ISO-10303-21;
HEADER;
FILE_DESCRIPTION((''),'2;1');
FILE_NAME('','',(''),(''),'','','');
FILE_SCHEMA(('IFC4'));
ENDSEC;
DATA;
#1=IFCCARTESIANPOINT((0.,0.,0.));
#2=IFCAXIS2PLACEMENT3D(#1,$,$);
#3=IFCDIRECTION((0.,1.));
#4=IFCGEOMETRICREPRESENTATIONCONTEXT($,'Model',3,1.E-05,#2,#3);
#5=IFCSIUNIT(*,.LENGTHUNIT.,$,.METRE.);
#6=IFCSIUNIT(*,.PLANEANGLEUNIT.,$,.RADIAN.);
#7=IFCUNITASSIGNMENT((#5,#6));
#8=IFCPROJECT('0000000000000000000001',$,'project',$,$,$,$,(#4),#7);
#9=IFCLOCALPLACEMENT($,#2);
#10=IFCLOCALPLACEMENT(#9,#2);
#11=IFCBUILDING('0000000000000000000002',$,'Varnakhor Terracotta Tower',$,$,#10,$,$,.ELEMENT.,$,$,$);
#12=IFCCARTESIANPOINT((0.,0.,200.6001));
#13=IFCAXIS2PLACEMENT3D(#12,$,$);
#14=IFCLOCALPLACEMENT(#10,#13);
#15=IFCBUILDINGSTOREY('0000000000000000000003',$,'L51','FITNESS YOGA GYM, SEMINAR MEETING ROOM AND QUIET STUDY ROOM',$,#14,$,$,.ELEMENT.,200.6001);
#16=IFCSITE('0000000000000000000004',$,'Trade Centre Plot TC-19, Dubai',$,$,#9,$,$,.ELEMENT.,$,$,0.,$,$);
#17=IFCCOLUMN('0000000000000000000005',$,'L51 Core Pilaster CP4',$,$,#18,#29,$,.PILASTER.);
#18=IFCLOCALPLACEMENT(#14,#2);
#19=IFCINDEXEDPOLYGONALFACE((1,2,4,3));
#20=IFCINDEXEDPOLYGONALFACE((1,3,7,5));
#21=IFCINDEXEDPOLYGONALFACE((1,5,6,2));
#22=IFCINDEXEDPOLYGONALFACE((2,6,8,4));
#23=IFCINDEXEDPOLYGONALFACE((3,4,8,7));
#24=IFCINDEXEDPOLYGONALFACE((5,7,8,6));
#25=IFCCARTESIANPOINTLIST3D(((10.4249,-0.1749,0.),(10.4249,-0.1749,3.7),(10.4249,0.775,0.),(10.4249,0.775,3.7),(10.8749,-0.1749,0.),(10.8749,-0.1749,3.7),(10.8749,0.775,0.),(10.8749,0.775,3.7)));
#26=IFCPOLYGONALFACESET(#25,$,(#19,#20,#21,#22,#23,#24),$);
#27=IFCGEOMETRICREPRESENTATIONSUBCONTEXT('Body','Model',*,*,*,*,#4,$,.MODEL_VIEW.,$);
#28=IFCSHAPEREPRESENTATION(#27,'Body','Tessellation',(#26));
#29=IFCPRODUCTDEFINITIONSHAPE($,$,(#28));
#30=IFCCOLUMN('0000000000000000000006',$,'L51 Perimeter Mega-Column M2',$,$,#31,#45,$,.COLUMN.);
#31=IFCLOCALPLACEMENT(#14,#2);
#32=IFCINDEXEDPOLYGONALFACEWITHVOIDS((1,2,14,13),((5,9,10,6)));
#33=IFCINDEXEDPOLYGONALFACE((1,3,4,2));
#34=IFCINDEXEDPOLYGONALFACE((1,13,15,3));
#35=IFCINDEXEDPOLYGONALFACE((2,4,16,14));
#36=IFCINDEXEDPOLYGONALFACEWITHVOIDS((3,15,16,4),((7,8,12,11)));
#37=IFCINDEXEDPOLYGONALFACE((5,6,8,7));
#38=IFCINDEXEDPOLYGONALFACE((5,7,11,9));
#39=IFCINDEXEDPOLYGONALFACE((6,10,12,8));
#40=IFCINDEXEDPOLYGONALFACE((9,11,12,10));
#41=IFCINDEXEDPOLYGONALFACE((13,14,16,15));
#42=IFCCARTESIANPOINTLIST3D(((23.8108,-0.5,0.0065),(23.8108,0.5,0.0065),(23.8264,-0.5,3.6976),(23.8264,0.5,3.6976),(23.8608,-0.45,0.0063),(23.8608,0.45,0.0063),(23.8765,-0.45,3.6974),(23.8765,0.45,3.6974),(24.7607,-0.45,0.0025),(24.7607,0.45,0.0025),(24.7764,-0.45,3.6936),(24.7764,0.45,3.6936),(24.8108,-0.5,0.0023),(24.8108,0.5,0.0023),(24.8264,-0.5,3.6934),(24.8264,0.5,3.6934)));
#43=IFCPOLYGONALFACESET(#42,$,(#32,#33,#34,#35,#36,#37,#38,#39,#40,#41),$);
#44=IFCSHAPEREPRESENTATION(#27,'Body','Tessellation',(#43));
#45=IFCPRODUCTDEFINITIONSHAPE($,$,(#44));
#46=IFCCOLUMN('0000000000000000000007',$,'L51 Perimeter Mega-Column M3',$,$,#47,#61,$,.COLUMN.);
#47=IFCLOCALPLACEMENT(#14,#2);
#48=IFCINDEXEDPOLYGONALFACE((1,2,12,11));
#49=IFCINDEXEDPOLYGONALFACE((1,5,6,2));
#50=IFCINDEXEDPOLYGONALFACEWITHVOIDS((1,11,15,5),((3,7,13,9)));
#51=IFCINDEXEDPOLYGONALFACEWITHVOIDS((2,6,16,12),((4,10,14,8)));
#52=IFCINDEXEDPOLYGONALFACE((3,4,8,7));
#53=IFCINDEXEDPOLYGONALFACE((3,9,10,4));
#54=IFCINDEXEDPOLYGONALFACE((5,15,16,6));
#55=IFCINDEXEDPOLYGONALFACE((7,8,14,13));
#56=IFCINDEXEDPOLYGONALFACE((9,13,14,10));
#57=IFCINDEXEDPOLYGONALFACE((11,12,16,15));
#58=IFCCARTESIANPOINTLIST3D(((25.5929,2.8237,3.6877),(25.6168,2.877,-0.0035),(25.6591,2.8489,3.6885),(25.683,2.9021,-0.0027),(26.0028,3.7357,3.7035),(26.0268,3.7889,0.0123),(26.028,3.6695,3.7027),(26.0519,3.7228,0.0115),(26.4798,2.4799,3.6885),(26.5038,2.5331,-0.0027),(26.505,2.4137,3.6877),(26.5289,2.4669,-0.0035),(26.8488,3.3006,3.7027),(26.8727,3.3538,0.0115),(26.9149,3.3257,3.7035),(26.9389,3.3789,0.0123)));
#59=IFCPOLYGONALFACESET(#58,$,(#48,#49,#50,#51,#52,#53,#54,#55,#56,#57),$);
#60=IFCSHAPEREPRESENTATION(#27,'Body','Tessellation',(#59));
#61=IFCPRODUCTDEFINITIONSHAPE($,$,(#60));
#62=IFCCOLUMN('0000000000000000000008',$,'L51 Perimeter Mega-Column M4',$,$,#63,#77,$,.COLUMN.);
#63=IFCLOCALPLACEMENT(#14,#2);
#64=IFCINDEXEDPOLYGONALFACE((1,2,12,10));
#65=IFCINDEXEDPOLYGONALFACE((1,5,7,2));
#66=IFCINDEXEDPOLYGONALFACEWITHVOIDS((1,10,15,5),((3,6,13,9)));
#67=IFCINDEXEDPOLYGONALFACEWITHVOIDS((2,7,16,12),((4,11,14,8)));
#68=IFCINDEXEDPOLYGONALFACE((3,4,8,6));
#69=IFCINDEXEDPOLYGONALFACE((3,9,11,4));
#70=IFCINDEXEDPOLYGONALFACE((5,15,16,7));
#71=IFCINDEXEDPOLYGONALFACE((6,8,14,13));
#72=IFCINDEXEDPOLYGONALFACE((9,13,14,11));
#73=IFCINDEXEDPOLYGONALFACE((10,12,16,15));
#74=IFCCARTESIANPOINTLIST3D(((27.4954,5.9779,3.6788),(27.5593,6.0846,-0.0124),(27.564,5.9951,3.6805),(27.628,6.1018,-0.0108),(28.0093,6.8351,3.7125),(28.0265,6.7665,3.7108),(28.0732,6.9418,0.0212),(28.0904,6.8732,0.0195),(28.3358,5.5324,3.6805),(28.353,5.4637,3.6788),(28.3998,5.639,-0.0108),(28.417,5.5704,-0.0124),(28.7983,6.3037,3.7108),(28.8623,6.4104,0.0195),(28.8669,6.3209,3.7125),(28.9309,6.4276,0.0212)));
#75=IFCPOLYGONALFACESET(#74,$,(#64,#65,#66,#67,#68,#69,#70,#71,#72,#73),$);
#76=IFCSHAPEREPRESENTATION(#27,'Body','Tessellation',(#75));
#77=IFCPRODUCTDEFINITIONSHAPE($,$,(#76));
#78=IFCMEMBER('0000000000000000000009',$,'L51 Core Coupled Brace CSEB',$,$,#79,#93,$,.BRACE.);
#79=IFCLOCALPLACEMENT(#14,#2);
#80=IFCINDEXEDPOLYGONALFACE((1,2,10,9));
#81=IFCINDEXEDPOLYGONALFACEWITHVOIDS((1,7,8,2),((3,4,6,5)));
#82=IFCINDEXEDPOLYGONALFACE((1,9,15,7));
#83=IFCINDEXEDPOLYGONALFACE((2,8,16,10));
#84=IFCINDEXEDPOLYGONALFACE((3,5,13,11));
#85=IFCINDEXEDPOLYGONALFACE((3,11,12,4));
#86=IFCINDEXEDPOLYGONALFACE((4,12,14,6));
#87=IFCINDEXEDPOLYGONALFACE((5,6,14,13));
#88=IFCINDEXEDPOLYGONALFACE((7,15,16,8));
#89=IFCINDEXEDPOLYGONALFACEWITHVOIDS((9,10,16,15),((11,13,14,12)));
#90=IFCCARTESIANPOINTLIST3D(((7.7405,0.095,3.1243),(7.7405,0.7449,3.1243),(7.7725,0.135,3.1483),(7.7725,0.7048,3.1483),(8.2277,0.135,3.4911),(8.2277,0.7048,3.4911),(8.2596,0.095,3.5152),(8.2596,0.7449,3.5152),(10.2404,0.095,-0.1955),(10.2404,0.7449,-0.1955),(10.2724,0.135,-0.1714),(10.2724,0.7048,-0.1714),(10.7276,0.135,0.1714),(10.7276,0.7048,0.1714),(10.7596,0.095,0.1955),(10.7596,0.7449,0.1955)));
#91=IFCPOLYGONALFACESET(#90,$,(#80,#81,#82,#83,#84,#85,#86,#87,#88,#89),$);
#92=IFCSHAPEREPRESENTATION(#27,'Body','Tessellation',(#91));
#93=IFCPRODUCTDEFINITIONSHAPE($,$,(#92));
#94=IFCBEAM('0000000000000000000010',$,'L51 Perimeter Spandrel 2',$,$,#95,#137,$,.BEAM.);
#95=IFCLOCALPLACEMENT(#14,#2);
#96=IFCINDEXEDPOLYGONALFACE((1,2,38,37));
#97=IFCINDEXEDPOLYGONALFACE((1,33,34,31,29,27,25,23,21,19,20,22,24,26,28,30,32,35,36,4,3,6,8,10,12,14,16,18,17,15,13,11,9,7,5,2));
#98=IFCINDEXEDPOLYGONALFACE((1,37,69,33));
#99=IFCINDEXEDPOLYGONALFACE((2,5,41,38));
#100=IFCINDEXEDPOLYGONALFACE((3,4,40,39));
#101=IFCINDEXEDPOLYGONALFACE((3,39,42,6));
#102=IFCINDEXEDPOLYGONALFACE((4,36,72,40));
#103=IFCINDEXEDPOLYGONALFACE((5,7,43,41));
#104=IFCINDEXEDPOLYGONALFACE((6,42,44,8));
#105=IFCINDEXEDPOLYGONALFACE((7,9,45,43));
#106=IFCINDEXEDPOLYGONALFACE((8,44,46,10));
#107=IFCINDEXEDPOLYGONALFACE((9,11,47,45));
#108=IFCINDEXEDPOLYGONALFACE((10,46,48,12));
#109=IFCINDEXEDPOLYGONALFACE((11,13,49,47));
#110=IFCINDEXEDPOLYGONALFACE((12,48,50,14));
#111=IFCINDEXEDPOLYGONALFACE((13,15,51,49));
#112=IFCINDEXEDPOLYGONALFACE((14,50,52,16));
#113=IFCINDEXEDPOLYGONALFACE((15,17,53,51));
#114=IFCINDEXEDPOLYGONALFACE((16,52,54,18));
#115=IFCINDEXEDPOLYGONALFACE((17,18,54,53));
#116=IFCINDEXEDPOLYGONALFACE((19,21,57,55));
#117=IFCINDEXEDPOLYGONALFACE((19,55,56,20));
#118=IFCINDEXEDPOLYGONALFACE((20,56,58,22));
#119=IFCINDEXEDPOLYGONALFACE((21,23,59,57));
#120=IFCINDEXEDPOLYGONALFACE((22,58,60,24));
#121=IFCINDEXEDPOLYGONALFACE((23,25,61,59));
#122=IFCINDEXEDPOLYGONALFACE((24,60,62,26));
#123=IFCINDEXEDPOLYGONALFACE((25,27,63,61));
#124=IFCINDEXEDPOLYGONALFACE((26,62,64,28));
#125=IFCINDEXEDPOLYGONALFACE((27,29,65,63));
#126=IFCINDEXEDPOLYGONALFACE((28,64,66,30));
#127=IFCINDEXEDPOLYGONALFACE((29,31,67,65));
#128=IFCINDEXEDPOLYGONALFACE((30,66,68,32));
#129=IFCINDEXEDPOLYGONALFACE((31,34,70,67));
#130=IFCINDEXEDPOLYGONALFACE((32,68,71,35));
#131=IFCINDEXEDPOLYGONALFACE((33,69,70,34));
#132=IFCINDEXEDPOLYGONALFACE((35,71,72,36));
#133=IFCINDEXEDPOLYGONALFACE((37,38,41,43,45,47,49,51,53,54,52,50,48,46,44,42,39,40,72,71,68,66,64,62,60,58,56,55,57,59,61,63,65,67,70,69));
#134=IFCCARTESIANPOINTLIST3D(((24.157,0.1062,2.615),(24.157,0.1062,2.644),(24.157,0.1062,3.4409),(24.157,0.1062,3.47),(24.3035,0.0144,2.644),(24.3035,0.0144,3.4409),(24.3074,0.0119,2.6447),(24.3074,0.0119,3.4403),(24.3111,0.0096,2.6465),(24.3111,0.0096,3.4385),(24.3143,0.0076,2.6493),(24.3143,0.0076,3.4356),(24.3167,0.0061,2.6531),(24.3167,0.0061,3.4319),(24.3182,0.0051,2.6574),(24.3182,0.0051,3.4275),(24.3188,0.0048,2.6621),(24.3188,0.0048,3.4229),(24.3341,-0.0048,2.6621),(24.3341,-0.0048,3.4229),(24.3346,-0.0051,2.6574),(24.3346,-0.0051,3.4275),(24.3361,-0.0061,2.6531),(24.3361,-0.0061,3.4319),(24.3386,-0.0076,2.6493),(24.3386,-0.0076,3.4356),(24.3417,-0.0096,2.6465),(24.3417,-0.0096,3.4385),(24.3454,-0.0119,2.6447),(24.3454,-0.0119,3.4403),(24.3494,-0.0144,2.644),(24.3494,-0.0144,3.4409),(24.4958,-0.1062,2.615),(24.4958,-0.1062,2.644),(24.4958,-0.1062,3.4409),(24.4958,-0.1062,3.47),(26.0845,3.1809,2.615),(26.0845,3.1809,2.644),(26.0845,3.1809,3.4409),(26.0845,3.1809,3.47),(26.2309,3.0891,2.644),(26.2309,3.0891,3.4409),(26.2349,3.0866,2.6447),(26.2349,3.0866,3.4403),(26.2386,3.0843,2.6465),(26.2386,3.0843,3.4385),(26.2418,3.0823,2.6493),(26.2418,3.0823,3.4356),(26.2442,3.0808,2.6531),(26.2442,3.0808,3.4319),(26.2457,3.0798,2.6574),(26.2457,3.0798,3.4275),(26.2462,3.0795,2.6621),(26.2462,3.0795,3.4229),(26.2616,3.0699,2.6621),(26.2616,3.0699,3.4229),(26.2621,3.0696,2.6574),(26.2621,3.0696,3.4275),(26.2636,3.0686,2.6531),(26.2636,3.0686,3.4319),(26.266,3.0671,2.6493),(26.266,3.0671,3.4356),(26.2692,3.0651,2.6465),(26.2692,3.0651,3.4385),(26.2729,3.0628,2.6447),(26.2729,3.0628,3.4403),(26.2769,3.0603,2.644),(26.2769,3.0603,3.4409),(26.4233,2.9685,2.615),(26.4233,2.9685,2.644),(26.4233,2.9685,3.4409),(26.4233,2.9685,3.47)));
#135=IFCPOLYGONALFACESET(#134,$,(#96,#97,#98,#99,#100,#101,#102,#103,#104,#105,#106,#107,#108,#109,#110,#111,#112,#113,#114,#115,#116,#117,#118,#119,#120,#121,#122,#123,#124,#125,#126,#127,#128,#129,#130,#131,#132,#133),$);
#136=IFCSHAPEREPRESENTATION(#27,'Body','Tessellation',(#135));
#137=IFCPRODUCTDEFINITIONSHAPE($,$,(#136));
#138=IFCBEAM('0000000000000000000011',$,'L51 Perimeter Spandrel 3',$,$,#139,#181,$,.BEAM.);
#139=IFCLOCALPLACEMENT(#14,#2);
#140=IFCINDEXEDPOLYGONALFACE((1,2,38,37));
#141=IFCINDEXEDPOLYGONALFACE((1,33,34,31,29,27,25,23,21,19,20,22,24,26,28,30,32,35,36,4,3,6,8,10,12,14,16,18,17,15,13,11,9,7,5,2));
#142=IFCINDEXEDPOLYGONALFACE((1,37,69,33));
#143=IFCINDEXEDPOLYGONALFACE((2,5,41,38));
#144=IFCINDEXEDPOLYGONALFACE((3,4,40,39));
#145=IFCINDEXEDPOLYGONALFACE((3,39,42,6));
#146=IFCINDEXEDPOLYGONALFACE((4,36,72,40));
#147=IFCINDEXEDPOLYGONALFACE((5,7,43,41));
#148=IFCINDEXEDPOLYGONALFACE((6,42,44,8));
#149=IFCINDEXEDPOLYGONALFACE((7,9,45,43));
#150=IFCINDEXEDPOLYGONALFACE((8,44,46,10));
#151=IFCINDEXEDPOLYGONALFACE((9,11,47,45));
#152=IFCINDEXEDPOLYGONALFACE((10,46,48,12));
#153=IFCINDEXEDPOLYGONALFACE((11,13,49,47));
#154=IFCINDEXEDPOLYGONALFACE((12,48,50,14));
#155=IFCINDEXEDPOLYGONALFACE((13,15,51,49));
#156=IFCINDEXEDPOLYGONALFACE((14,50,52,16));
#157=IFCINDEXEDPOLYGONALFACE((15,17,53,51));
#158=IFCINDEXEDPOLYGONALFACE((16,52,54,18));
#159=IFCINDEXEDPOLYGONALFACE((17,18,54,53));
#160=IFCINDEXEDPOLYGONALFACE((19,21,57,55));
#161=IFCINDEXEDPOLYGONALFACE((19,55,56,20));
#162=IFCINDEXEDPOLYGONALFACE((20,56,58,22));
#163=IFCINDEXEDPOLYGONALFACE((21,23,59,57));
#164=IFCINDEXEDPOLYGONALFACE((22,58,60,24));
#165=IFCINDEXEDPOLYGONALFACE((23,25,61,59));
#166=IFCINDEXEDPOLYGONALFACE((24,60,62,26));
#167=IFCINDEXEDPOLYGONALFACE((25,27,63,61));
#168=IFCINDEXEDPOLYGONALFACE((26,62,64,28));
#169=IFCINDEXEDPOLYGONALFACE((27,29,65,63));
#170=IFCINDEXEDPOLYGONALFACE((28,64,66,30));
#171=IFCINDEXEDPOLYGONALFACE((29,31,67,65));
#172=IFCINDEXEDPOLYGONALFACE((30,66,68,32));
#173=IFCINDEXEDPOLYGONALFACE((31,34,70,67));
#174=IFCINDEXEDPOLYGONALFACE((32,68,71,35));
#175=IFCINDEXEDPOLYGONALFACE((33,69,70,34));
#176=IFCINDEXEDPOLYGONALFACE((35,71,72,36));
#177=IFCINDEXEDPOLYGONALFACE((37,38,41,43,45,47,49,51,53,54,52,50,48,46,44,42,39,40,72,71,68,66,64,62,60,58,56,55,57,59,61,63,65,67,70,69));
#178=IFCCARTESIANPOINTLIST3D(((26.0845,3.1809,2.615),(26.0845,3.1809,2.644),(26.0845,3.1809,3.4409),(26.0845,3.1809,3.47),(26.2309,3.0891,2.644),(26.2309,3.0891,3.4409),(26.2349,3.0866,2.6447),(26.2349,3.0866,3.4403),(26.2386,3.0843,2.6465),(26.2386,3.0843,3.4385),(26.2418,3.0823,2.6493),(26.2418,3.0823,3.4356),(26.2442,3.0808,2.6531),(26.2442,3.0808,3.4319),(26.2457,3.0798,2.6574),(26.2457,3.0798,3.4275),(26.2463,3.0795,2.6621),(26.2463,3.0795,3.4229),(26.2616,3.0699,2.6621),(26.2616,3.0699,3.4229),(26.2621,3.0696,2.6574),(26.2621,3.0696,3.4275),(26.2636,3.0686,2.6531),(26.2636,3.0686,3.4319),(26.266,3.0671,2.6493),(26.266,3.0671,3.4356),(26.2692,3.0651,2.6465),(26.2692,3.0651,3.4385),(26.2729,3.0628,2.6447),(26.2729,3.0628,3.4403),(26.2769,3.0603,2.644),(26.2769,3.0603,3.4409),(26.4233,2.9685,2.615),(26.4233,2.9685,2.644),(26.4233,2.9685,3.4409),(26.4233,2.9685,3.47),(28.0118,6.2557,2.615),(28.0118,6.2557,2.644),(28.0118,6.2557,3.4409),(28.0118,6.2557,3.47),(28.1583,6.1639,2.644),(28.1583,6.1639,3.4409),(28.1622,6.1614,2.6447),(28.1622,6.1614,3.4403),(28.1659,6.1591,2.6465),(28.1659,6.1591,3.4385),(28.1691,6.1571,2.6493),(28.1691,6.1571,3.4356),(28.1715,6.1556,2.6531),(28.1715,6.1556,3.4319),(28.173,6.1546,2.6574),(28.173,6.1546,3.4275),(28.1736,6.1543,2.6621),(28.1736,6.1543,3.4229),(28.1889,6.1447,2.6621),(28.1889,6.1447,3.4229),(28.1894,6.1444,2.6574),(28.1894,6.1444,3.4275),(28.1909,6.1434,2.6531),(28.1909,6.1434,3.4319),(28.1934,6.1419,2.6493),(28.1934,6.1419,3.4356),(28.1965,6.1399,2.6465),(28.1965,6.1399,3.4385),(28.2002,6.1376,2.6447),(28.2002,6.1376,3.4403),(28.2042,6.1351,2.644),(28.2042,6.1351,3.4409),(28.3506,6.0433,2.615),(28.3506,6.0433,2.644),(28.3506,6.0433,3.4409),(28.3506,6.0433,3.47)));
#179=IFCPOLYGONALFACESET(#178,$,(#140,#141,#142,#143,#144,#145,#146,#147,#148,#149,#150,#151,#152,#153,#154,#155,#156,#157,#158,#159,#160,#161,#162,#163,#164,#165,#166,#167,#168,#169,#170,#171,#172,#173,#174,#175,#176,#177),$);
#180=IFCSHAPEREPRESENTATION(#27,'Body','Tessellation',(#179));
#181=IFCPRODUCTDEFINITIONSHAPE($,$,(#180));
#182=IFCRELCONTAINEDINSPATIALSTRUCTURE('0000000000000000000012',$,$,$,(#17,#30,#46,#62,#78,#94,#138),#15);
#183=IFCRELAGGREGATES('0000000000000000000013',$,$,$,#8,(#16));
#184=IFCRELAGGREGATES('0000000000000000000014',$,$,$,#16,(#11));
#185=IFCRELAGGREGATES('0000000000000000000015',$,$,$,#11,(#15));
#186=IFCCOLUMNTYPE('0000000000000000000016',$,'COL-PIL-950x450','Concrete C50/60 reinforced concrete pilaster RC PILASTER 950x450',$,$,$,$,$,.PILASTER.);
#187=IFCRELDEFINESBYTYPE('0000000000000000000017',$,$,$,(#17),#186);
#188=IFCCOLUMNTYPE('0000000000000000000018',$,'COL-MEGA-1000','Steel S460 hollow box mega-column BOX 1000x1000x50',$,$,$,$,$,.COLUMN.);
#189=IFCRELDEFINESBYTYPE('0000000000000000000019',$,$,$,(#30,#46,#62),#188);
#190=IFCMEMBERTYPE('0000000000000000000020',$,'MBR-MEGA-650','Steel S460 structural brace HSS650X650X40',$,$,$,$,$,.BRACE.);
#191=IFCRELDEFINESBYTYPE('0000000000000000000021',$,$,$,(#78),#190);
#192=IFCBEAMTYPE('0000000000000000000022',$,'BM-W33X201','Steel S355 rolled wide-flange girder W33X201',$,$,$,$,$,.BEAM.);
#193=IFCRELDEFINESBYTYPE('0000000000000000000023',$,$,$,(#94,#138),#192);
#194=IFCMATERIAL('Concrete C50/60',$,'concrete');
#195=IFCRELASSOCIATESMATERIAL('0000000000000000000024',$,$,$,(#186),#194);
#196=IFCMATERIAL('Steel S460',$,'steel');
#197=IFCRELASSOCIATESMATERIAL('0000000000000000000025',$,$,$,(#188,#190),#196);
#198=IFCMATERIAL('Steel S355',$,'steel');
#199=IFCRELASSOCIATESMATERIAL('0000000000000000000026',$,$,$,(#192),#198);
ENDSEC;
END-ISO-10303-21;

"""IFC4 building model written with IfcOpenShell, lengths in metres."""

from ifc_helpers import new_model, si_unit, direction, frame, origin, origin_2d, place, context, subcontext, project, spatial, rectangle, hollow_rectangle, i_section, extrude, source, transform, mapped, material, material_profile, profile_set, type_object, element, save


model = new_model("IFC4")

# Units and contexts
model_context = context("Model", 3, precision=1e-05, world=origin(), true_north=direction((0.0, 1.0)))
body_context = subcontext(model_context, "Body", "Model", "MODEL_VIEW")
ifc_project = project(units=[si_unit("LENGTHUNIT", "METRE"), si_unit("PLANEANGLEUNIT", "RADIAN")], contexts=[model_context])

# Site, building, storey
site_placement = place(None, origin())
site = spatial("IfcSite", under=ifc_project, at=site_placement, Name="Trade Centre Plot TC-19, Dubai", CompositionType="ELEMENT", RefElevation=0.0)
building_placement = place(site_placement, origin())
building = spatial("IfcBuilding", under=site, at=building_placement, Name="Varnakhor Terracotta Tower", CompositionType="ELEMENT")
storey_placement = place(building_placement, frame((0.0, 0.0, 200.6001)))
storey = spatial("IfcBuildingStorey", under=building, at=storey_placement, Name="L51", Description="FITNESS YOGA GYM, SEMINAR MEETING ROOM AND QUIET STUDY ROOM", CompositionType="ELEMENT", Elevation=200.6001)

# Columns
ifc_material_1 = material(Name="Concrete C50/60", Category="concrete")
ifc_material_profile_1 = material_profile(ifc_material_1, rectangle(XDim=0.45, YDim=0.95, at=origin_2d()), Name="RC PILASTER 950x450")
ifc_profile_set_1 = profile_set([ifc_material_profile_1], Name="Concrete C50/60")
column_type_1 = type_object("IfcColumnType", Name="COL-PIL-950x450", Description="Concrete C50/60 reinforced concrete pilaster RC PILASTER 950x450", PredefinedType="PILASTER", material=ifc_profile_set_1)
shared_shape_1 = source(origin(), body_context, "Body", "SweptSolid", [
    extrude(rectangle(XDim=0.45, YDim=0.95, at=origin_2d()), origin(), (0.0, 0.0, 1.0), 3.7),
])
column_1_placement = place(storey_placement, frame((10.6499, 0.3, 0.0), z_axis=(0.0, 0.0, 1.0), x_axis=(1.0, 0.0, 0.0)))
element("IfcColumn", 1, at=column_1_placement, inside=storey, type_object=column_type_1, Name="L51 Core Pilaster CP4", PredefinedType="PILASTER", context=body_context, shape_type="MappedRepresentation", body=[
    mapped(shared_shape_1, transform((0.0, 0.0, 0.0), scale=1.0)),
])
ifc_material_2 = material(Name="Steel S460", Category="steel")
ifc_material_profile_2 = material_profile(ifc_material_2, hollow_rectangle(XDim=1.0, YDim=1.0, WallThickness=0.05, at=origin_2d()), Name="BOX 1000x1000x50")
ifc_profile_set_2 = profile_set([ifc_material_profile_2], Name="Steel S460")
column_type_2 = type_object("IfcColumnType", Name="COL-MEGA-1000", Description="Steel S460 hollow box mega-column BOX 1000x1000x50", PredefinedType="COLUMN", material=ifc_profile_set_2)
shared_shape_2 = source(origin(), body_context, "Body", "SweptSolid", [
    extrude(hollow_rectangle(XDim=1.0, YDim=1.0, WallThickness=0.05, at=origin_2d()), origin(), (0.0, 0.0, 1.0), 3.6912),
])
column_2_placement = place(storey_placement, frame((24.3108, 0.0, 0.0044), z_axis=(0.004233, 0.0, 0.999991), x_axis=(0.0, 1.0, 0.0)))
element("IfcColumn", 2, at=column_2_placement, inside=storey, type_object=column_type_2, Name="L51 Perimeter Mega-Column M2", PredefinedType="COLUMN", context=body_context, shape_type="MappedRepresentation", body=[
    mapped(shared_shape_2, transform((0.0, 0.0, 0.0), scale=1.0)),
])
shared_shape_3 = source(origin(), body_context, "Body", "SweptSolid", [
    extrude(hollow_rectangle(XDim=1.0, YDim=1.0, WallThickness=0.05, at=origin_2d()), origin(), (0.0, 0.0, 1.0), 3.6917),
])
column_3_placement = place(storey_placement, frame((26.2778, 3.1279, 0.0044), z_axis=(-0.006481, -0.014417, 0.999875), x_axis=(0.912078, -0.410017, 0.0)))
element("IfcColumn", 3, at=column_3_placement, inside=storey, type_object=column_type_2, Name="L51 Perimeter Mega-Column M3", PredefinedType="COLUMN", context=body_context, shape_type="MappedRepresentation", body=[
    mapped(shared_shape_3, transform((0.0, 0.0, 0.0), scale=1.0)),
])
shared_shape_4 = source(origin(), body_context, "Body", "SweptSolid", [
    extrude(hollow_rectangle(XDim=1.0, YDim=1.0, WallThickness=0.05, at=origin_2d()), origin(), (0.0, 0.0, 1.0), 3.6934),
])
column_4_placement = place(storey_placement, frame((28.2451, 6.2561, 0.0044), z_axis=(-0.017319, -0.028888, 0.999433), x_axis=(0.857666, -0.514207, 0.0)))
element("IfcColumn", 4, at=column_4_placement, inside=storey, type_object=column_type_2, Name="L51 Perimeter Mega-Column M4", PredefinedType="COLUMN", context=body_context, shape_type="MappedRepresentation", body=[
    mapped(shared_shape_4, transform((0.0, 0.0, 0.0), scale=1.0)),
])

# Member
ifc_material_profile_3 = material_profile(ifc_material_2, hollow_rectangle(XDim=0.6499, YDim=0.6499, WallThickness=0.04, at=origin_2d()), Name="HSS650X650X40")
ifc_profile_set_3 = profile_set([ifc_material_profile_3], Name="Steel S460")
member_type_1 = type_object("IfcMemberType", Name="MBR-MEGA-650", Description="Steel S460 structural brace HSS650X650X40", PredefinedType="BRACE", material=ifc_profile_set_3)
shared_shape_5 = source(origin(), body_context, "Body", "SweptSolid", [
    extrude(hollow_rectangle(XDim=0.6499, YDim=0.6499, WallThickness=0.04, at=origin_2d()), origin(), (0.0, 0.0, 1.0), 4.1558),
])
member_1_placement = place(storey_placement, frame((10.5, 0.4199, 0.0), z_axis=(-0.601559, 0.0, 0.798828), x_axis=(0.0, -1.0, 0.0)))
element("IfcMember", 5, at=member_1_placement, inside=storey, type_object=member_type_1, Name="L51 Core Coupled Brace CSEB", PredefinedType="BRACE", context=body_context, shape_type="MappedRepresentation", body=[
    mapped(shared_shape_5, transform((0.0, 0.0, 0.0), scale=1.0)),
])

# Beams
ifc_material_3 = material(Name="Steel S355", Category="steel")
ifc_material_profile_4 = material_profile(ifc_material_3, i_section(OverallWidth=0.3999, OverallDepth=0.855, WebThickness=0.0181, FlangeThickness=0.0291, FilletRadius=0.0181, at=origin_2d()), Name="W33X201")
ifc_profile_set_4 = profile_set([ifc_material_profile_4], Name="Steel S355")
beam_type_1 = type_object("IfcBeamType", Name="BM-W33X201", Description="Steel S355 rolled wide-flange girder W33X201", PredefinedType="BEAM", material=ifc_profile_set_4)
shared_shape_6 = source(origin(), body_context, "Body", "SweptSolid", [
    extrude(i_section(OverallWidth=0.3999, OverallDepth=0.855, WebThickness=0.0181, FlangeThickness=0.0291, FilletRadius=0.0181, at=origin_2d()), origin(), (0.0, 0.0, 1.0), 3.6289),
])
for number, where, z_axis, x_axis, name in (
    (6, (24.3264, 0.0, 3.0425), (0.531147, 0.847279, 0.0), (-0.847279, 0.531147, 0.0), "L51 Perimeter Spandrel 2"),
    (7, (26.2539, 3.0747, 3.0425), (0.531099, 0.84731, 0.0), (-0.84731, 0.531099, 0.0), "L51 Perimeter Spandrel 3"),
):
    element("IfcBeam", number, at=place(storey_placement, frame(where, z_axis=z_axis, x_axis=x_axis)), inside=storey, type_object=beam_type_1, Name=name, PredefinedType="BEAM", context=body_context, shape_type="MappedRepresentation", body=[
        mapped(shared_shape_6, transform((0.0, 0.0, 0.0), scale=1.0)),
    ])

save(model, "model.ifc")
